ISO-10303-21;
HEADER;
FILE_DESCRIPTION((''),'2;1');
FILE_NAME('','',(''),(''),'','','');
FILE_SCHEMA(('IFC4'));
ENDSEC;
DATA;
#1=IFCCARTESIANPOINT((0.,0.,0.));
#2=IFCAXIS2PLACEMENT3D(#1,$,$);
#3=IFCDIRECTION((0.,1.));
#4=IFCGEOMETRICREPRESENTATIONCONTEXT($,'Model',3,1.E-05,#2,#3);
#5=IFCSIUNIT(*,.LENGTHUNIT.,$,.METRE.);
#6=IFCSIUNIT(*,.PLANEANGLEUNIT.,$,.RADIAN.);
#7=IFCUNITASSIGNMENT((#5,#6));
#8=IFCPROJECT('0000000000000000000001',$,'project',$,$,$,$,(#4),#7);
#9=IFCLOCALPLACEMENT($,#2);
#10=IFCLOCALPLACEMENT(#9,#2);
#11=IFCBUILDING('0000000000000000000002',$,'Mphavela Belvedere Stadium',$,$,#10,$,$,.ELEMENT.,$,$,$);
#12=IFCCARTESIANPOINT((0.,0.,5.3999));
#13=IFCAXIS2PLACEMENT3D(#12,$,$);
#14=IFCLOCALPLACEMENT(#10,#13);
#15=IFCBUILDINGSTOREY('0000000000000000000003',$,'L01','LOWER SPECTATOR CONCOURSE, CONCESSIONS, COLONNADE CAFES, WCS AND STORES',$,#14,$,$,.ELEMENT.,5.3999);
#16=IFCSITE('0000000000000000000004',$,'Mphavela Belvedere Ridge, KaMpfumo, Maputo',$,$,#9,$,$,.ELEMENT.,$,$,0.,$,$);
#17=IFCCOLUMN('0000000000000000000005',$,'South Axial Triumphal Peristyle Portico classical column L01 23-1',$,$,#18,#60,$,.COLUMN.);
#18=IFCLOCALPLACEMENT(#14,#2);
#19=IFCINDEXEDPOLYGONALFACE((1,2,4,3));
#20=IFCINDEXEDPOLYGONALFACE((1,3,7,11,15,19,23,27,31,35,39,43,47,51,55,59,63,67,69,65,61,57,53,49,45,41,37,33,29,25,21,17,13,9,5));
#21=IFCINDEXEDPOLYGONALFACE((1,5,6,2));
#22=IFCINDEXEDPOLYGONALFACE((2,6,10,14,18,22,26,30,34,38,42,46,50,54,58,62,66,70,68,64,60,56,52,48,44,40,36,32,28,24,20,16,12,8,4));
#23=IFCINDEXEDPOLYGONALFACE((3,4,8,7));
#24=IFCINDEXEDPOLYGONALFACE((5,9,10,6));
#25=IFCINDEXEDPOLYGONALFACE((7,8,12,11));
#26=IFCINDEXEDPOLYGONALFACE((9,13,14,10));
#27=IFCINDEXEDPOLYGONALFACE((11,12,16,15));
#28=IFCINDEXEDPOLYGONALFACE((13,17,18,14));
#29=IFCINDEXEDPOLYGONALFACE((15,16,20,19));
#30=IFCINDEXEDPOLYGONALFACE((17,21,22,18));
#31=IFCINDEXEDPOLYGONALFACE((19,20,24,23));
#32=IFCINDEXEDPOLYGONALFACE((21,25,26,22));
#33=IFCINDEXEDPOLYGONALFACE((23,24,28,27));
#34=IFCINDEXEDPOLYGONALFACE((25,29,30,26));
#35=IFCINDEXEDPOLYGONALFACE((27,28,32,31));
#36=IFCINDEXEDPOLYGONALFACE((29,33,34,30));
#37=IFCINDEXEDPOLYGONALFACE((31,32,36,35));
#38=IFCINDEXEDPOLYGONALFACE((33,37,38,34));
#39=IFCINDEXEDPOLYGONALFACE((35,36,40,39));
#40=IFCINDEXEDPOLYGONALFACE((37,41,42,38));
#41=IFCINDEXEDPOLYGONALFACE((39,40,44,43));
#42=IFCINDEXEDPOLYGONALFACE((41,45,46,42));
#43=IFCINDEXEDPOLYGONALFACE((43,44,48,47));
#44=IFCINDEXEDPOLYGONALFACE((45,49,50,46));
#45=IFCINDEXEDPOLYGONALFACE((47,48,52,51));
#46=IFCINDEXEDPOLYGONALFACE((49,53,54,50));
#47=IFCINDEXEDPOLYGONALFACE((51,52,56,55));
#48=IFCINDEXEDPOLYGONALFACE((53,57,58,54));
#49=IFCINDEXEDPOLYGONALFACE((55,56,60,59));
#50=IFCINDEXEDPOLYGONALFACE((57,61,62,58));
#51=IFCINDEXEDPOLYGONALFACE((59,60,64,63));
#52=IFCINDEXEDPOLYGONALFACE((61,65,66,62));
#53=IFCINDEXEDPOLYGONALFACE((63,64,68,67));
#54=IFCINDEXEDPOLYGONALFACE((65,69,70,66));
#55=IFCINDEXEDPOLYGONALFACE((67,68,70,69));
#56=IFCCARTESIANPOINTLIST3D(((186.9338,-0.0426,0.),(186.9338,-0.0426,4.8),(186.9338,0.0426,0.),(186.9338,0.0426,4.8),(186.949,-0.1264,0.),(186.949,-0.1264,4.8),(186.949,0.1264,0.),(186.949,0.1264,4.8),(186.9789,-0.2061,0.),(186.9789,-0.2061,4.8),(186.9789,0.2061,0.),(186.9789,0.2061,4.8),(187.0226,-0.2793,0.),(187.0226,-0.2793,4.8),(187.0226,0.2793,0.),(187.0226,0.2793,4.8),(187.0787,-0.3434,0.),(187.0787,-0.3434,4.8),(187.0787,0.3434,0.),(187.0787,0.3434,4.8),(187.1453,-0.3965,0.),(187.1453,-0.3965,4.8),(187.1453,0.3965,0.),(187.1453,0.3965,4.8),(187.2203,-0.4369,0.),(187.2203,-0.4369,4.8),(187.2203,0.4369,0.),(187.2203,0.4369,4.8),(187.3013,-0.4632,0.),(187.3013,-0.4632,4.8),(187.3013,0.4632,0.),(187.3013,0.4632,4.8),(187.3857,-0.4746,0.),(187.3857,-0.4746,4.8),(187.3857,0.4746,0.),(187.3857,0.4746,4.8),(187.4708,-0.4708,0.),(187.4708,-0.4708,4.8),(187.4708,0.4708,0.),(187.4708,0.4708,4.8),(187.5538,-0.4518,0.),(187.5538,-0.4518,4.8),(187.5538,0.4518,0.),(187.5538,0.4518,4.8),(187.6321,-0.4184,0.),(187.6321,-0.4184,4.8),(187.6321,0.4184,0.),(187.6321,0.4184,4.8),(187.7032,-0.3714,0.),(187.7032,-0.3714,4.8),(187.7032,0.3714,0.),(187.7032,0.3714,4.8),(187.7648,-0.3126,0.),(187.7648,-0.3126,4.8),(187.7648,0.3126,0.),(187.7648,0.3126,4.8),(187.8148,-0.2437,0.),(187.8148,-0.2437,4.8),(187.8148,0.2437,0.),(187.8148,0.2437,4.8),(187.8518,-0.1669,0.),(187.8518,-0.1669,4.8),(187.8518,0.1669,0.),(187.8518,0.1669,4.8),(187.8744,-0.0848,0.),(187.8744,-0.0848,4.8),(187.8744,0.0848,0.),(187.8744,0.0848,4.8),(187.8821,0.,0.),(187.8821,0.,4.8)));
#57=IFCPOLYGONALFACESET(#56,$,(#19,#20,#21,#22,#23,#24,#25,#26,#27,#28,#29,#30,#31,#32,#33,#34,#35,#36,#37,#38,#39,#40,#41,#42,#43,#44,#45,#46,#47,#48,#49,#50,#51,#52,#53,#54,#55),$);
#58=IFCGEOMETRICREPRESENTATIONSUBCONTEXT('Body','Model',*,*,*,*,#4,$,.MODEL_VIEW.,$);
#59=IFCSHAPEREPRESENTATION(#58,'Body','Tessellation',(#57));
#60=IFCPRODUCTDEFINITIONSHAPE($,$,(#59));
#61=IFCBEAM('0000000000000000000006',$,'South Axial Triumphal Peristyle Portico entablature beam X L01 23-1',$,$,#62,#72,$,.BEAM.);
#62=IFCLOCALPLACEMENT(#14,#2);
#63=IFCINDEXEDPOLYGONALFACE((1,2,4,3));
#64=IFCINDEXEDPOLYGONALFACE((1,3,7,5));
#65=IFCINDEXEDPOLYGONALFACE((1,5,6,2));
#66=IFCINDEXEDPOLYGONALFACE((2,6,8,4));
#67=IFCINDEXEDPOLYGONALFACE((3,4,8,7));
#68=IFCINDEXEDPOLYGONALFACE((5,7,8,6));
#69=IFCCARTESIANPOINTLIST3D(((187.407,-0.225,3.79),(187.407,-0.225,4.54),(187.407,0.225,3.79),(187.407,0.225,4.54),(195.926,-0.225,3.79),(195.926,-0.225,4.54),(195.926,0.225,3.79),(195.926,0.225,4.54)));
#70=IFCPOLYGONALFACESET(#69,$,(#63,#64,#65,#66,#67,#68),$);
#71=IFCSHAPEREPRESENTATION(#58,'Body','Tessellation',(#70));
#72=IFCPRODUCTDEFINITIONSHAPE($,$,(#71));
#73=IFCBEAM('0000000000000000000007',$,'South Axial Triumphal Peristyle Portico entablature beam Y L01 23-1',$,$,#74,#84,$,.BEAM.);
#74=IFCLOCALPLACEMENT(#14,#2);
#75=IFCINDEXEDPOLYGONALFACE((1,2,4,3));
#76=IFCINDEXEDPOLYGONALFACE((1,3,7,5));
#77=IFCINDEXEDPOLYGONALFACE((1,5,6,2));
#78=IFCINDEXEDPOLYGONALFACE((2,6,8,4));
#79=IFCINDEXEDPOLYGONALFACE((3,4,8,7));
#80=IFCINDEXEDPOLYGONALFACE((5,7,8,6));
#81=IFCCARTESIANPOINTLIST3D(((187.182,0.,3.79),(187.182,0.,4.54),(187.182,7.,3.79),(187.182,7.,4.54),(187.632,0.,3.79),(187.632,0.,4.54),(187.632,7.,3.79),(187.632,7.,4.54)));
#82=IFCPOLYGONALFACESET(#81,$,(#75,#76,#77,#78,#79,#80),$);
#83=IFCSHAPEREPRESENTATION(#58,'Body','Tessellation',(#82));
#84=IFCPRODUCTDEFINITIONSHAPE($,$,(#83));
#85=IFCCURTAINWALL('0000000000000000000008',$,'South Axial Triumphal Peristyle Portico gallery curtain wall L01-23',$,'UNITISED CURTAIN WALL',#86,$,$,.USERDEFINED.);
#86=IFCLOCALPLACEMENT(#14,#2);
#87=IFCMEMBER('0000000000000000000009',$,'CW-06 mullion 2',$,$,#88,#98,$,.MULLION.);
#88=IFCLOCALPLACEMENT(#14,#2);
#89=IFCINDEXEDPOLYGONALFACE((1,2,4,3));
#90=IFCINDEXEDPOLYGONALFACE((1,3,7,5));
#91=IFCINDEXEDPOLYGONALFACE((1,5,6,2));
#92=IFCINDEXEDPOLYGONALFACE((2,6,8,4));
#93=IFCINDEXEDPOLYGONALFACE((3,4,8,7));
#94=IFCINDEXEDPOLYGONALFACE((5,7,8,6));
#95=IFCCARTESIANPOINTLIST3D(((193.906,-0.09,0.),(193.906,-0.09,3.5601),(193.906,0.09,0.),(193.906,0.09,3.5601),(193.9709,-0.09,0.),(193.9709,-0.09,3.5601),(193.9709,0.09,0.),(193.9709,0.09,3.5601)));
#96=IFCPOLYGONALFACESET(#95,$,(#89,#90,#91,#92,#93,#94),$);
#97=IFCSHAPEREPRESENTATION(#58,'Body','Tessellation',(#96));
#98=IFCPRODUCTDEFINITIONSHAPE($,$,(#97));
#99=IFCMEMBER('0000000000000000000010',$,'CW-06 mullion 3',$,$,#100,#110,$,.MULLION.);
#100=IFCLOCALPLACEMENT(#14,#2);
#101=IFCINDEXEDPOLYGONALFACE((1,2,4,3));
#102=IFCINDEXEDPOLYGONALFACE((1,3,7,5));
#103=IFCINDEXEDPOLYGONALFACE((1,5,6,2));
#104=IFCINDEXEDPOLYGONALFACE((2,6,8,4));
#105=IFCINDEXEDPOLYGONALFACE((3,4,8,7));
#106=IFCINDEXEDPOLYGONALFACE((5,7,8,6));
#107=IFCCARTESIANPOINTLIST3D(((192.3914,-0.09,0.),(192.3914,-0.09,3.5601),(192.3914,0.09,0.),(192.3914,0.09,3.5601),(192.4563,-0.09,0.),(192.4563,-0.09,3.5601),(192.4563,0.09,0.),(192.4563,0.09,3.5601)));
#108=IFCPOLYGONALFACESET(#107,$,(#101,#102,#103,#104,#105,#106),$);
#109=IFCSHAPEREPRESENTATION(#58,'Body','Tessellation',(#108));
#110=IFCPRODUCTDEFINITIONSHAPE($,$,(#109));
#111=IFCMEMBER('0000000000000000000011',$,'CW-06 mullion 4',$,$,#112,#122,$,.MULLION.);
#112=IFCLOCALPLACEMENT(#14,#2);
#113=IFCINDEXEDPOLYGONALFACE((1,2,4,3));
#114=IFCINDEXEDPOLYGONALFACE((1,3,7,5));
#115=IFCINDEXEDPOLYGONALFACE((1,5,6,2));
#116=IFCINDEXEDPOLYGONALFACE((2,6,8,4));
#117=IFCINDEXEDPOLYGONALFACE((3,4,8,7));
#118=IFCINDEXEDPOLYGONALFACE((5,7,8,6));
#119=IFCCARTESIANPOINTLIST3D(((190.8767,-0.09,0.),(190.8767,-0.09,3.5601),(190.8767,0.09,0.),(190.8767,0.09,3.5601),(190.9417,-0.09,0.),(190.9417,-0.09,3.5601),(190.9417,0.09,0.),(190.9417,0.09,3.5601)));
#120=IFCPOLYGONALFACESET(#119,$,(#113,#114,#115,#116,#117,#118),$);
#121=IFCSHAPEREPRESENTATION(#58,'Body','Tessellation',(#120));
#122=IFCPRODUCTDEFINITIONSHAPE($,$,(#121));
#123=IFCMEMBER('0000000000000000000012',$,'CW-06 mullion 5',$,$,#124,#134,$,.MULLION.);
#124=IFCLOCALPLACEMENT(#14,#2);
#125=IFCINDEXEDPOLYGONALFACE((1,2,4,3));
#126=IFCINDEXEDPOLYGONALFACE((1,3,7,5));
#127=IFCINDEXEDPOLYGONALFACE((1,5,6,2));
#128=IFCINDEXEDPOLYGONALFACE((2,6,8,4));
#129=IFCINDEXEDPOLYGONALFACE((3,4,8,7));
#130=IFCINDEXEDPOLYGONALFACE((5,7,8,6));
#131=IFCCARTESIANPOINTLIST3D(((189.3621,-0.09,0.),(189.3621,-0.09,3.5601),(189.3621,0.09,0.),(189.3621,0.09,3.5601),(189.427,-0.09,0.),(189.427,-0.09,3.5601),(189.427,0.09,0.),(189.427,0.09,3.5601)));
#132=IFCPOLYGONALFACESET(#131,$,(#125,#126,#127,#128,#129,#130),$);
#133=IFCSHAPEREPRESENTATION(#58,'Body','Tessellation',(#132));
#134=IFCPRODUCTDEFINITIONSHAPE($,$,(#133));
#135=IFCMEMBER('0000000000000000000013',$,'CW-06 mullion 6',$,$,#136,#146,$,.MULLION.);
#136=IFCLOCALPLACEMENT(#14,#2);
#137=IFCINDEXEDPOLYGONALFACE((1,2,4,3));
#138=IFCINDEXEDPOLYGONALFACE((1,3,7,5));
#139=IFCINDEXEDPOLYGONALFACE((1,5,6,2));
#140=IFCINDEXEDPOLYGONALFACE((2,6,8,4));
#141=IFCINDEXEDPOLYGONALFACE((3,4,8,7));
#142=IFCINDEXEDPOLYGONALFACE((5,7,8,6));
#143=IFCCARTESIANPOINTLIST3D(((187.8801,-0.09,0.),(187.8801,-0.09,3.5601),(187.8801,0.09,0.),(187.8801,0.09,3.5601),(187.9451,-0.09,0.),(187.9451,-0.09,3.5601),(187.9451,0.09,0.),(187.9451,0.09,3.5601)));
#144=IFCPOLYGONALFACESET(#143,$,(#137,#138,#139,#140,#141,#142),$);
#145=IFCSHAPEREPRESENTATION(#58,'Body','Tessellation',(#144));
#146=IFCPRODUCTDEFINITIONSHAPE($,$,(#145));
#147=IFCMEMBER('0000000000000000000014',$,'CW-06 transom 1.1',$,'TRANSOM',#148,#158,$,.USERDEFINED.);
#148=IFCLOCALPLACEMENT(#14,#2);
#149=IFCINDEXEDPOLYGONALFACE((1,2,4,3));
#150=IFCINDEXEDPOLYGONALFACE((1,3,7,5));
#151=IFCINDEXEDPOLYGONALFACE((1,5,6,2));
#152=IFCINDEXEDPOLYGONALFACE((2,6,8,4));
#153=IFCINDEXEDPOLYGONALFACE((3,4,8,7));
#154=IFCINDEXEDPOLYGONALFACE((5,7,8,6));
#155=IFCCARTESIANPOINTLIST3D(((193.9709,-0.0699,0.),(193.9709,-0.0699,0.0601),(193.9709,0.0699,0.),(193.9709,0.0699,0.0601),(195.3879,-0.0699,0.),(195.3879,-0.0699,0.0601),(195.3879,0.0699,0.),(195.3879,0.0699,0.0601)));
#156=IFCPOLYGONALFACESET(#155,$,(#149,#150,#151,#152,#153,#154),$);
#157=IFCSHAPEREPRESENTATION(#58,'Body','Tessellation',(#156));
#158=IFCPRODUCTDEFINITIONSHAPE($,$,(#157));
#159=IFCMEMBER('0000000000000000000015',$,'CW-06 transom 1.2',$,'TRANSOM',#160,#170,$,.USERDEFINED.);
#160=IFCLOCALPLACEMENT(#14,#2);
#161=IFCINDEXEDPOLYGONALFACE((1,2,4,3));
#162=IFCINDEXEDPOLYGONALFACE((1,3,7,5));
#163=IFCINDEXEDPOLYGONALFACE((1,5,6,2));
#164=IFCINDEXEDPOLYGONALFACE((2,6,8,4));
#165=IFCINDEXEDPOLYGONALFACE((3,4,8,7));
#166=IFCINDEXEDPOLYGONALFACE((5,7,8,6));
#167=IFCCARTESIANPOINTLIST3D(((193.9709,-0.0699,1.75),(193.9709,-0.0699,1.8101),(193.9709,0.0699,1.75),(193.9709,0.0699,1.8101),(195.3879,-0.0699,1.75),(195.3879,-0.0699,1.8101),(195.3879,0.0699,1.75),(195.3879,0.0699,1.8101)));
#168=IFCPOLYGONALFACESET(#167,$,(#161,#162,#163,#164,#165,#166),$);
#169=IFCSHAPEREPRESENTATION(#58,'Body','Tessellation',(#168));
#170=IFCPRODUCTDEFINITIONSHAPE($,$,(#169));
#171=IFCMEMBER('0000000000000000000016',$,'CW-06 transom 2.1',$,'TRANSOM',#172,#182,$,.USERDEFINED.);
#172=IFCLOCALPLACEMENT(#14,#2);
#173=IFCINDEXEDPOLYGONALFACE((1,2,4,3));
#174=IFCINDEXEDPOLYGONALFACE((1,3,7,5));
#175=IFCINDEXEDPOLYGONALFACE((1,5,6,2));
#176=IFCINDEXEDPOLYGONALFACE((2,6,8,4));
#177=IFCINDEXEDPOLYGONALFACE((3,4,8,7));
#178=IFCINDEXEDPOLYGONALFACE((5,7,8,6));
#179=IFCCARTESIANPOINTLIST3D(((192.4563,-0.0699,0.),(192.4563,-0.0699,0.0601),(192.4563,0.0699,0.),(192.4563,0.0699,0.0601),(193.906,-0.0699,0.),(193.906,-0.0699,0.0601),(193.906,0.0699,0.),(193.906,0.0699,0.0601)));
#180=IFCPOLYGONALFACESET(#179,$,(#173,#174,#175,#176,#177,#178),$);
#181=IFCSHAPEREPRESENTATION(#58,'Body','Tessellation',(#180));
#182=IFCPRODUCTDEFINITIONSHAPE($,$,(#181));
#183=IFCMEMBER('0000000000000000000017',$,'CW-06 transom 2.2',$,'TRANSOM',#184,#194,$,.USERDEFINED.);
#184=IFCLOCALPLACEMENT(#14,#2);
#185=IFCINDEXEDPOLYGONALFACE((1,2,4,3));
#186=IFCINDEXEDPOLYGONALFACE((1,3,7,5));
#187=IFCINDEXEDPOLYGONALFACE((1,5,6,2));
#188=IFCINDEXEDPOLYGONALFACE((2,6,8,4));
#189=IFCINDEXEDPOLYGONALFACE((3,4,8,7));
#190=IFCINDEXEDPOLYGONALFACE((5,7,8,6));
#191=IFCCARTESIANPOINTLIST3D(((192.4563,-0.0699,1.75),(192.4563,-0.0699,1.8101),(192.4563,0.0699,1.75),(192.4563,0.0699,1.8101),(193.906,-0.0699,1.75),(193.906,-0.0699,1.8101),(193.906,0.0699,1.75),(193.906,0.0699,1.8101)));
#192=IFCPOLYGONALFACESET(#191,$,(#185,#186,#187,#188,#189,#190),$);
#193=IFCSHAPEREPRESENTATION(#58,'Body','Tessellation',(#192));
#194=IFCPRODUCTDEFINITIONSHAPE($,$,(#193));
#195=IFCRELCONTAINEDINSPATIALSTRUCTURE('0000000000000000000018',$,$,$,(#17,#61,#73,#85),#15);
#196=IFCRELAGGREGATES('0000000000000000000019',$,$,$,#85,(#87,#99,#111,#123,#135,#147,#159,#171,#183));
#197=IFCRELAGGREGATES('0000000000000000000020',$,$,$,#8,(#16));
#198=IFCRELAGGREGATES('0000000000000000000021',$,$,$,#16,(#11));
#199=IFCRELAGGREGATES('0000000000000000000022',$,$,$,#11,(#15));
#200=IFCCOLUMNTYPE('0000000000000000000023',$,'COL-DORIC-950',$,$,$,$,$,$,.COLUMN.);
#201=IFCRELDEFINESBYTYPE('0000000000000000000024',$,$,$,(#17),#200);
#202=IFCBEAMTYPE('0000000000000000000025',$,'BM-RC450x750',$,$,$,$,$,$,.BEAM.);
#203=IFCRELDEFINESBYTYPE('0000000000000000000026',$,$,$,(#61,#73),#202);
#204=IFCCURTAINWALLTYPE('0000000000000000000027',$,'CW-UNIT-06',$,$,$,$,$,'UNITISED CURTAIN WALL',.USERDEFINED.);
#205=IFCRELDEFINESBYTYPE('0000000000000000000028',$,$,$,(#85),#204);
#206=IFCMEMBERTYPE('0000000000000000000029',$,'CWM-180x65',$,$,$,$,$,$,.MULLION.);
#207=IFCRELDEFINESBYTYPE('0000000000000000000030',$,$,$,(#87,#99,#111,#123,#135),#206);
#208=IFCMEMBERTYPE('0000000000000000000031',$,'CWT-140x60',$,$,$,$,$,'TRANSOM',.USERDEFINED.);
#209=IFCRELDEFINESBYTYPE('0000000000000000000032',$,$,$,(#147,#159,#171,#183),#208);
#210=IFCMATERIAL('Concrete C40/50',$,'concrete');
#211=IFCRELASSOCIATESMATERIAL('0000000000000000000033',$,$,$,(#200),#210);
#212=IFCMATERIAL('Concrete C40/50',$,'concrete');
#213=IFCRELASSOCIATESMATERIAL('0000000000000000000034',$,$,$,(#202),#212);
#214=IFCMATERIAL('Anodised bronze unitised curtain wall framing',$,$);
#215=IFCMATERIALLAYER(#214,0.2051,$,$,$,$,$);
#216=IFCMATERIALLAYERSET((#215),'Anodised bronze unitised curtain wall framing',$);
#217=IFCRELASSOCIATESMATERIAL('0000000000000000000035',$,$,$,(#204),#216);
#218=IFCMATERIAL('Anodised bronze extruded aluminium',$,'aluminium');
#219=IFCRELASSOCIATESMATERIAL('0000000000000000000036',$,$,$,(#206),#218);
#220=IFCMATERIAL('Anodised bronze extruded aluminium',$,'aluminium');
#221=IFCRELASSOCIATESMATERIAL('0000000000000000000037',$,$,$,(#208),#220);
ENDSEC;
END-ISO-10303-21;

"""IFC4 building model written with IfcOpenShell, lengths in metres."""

from ifc_helpers import new_model, si_unit, direction, frame, origin, origin_2d, place, context, subcontext, project, spatial, rectangle, circle, extrude, material, layer, layer_set, material_profile, profile_set, type_object, element, aggregate, save


model = new_model("IFC4")

# Units and contexts
model_context = context("Model", 3, precision=1e-05, world=origin(), true_north=direction((0.0, 1.0)))
body_context = subcontext(model_context, "Body", "Model", "MODEL_VIEW")
ifc_project = project(units=[si_unit("LENGTHUNIT", "METRE"), si_unit("PLANEANGLEUNIT", "RADIAN")], contexts=[model_context])

# Site, building, storey
site_placement = place(None, origin())
site = spatial("IfcSite", under=ifc_project, at=site_placement, Name="Mphavela Belvedere Ridge, KaMpfumo, Maputo", CompositionType="ELEMENT", RefElevation=0.0)
building_placement = place(site_placement, origin())
building = spatial("IfcBuilding", under=site, at=building_placement, Name="Mphavela Belvedere Stadium", CompositionType="ELEMENT")
storey_placement = place(building_placement, frame((0.0, 0.0, 5.3999)))
storey = spatial("IfcBuildingStorey", under=building, at=storey_placement, Name="L01", Description="LOWER SPECTATOR CONCOURSE, CONCESSIONS, COLONNADE CAFES, WCS AND STORES", CompositionType="ELEMENT", Elevation=5.3999)

# Column
ifc_material_1 = material(Name="Concrete C40/50", Category="concrete")
ifc_material_profile_1 = material_profile(ifc_material_1, circle(Radius=0.4751, at=origin_2d()), Name="COL D950")
ifc_profile_set_1 = profile_set([ifc_material_profile_1], Name="Concrete C40/50")
column_type = type_object("IfcColumnType", Name="COL-DORIC-950", PredefinedType="COLUMN", material=ifc_profile_set_1)
column_placement = place(storey_placement, frame((187.407, 0.0, 0.0), z_axis=(0.0, 0.0, 1.0), x_axis=(1.0, 0.0, 0.0)))
element("IfcColumn", 1, at=column_placement, inside=storey, type_object=column_type, Name="South Axial Triumphal Peristyle Portico classical column L01 23-1", PredefinedType="COLUMN", context=body_context, shape_type="SweptSolid", body=[
    extrude(circle(Radius=0.4751, at=origin_2d()), origin(), (0.0, 0.0, 1.0), 4.8),
])

# Beams
ifc_material_2 = material(Name="Concrete C40/50", Category="concrete")
ifc_material_profile_2 = material_profile(ifc_material_2, rectangle(XDim=0.45, YDim=0.75, at=origin_2d()), Name="RC 450x750")
ifc_profile_set_2 = profile_set([ifc_material_profile_2], Name="Concrete C40/50")
beam_type = type_object("IfcBeamType", Name="BM-RC450x750", PredefinedType="BEAM", material=ifc_profile_set_2)
beam_1_placement = place(storey_placement, frame((187.407, 0.0, 4.165), z_axis=(1.0, 0.0, 0.0), x_axis=(0.0, 1.0, 0.0)))
element("IfcBeam", 2, at=beam_1_placement, inside=storey, type_object=beam_type, Name="South Axial Triumphal Peristyle Portico entablature beam X L01 23-1", PredefinedType="BEAM", context=body_context, shape_type="SweptSolid", body=[
    extrude(rectangle(XDim=0.45, YDim=0.75, at=origin_2d()), origin(), (0.0, 0.0, 1.0), 8.519),
])
beam_2_placement = place(storey_placement, frame((187.407, 0.0, 4.165), z_axis=(0.0, 1.0, 0.0), x_axis=(-1.0, 0.0, 0.0)))
element("IfcBeam", 3, at=beam_2_placement, inside=storey, type_object=beam_type, Name="South Axial Triumphal Peristyle Portico entablature beam Y L01 23-1", PredefinedType="BEAM", context=body_context, shape_type="SweptSolid", body=[
    extrude(rectangle(XDim=0.45, YDim=0.75, at=origin_2d()), origin(), (0.0, 0.0, 1.0), 7.0),
])

# Curtain wall, members
ifc_material_3 = material(Name="Anodised bronze unitised curtain wall framing")
ifc_layer_1 = layer(ifc_material_3, 0.2051)
ifc_layer_set_1 = layer_set([ifc_layer_1], Name="Anodised bronze unitised curtain wall framing")
curtain_wall_type = type_object("IfcCurtainWallType", Name="CW-UNIT-06", ElementType="UNITISED CURTAIN WALL", PredefinedType="USERDEFINED", material=ifc_layer_set_1)
curtain_wall_placement = place(storey_placement, origin())
curtain_wall = element("IfcCurtainWall", 4, at=curtain_wall_placement, inside=storey, type_object=curtain_wall_type, Name="South Axial Triumphal Peristyle Portico gallery curtain wall L01-23", ObjectType="UNITISED CURTAIN WALL", PredefinedType="USERDEFINED")
ifc_material_4 = material(Name="Anodised bronze extruded aluminium", Category="aluminium")
ifc_material_profile_3 = material_profile(ifc_material_4, rectangle(XDim=0.1799, YDim=0.0649, at=origin_2d()), Name="CW-MUL 180x65")
ifc_profile_set_3 = profile_set([ifc_material_profile_3], Name="Anodised bronze extruded aluminium")
member_type_1 = type_object("IfcMemberType", Name="CWM-180x65", PredefinedType="MULLION", material=ifc_profile_set_3)
member_1_placement = place(storey_placement, frame((193.9385, 0.0, 0.0), z_axis=(0.0, 0.0, 1.0), x_axis=(0.0, -1.0, 0.0)))
member_1 = element("IfcMember", 5, at=member_1_placement, type_object=member_type_1, Name="CW-06 mullion 2", PredefinedType="MULLION", context=body_context, shape_type="SweptSolid", body=[
    extrude(rectangle(XDim=0.1799, YDim=0.0649, at=origin_2d()), origin(), (0.0, 0.0, 1.0), 3.5601),
])
member_2_placement = place(storey_placement, frame((192.4238, 0.0, 0.0), z_axis=(0.0, 0.0, 1.0), x_axis=(0.0, -1.0, 0.0)))
member_2 = element("IfcMember", 6, at=member_2_placement, type_object=member_type_1, Name="CW-06 mullion 3", PredefinedType="MULLION", context=body_context, shape_type="SweptSolid", body=[
    extrude(rectangle(XDim=0.1799, YDim=0.0649, at=origin_2d()), origin(), (0.0, 0.0, 1.0), 3.5601),
])
member_3_placement = place(storey_placement, frame((190.9092, 0.0, 0.0), z_axis=(0.0, 0.0, 1.0), x_axis=(0.0, -1.0, 0.0)))
member_3 = element("IfcMember", 7, at=member_3_placement, type_object=member_type_1, Name="CW-06 mullion 4", PredefinedType="MULLION", context=body_context, shape_type="SweptSolid", body=[
    extrude(rectangle(XDim=0.1799, YDim=0.0649, at=origin_2d()), origin(), (0.0, 0.0, 1.0), 3.5601),
])
member_4_placement = place(storey_placement, frame((189.3945, 0.0, 0.0), z_axis=(0.0, 0.0, 1.0), x_axis=(0.0, -1.0, 0.0)))
member_4 = element("IfcMember", 8, at=member_4_placement, type_object=member_type_1, Name="CW-06 mullion 5", PredefinedType="MULLION", context=body_context, shape_type="SweptSolid", body=[
    extrude(rectangle(XDim=0.1799, YDim=0.0649, at=origin_2d()), origin(), (0.0, 0.0, 1.0), 3.5601),
])
member_5_placement = place(storey_placement, frame((187.9126, 0.0, 0.0), z_axis=(0.0, 0.0, 1.0), x_axis=(0.0, -1.0, 0.0)))
member_5 = element("IfcMember", 9, at=member_5_placement, type_object=member_type_1, Name="CW-06 mullion 6", PredefinedType="MULLION", context=body_context, shape_type="SweptSolid", body=[
    extrude(rectangle(XDim=0.1799, YDim=0.0649, at=origin_2d()), origin(), (0.0, 0.0, 1.0), 3.5601),
])
ifc_material_5 = material(Name="Anodised bronze extruded aluminium", Category="aluminium")
ifc_material_profile_4 = material_profile(ifc_material_5, rectangle(XDim=0.1399, YDim=0.0601, at=origin_2d()), Name="CW-TRN 140x60")
ifc_profile_set_4 = profile_set([ifc_material_profile_4], Name="Anodised bronze extruded aluminium")
member_type_2 = type_object("IfcMemberType", Name="CWT-140x60", ElementType="TRANSOM", PredefinedType="USERDEFINED", material=ifc_profile_set_4)
member_6_placement = place(storey_placement, frame((195.3879, 0.0, 0.03), z_axis=(-1.0, 0.0, 0.0), x_axis=(0.0, -1.0, 0.0)))
member_6 = element("IfcMember", 10, at=member_6_placement, type_object=member_type_2, Name="CW-06 transom 1.1", ObjectType="TRANSOM", PredefinedType="USERDEFINED", context=body_context, shape_type="SweptSolid", body=[
    extrude(rectangle(XDim=0.1399, YDim=0.0601, at=origin_2d()), origin(), (0.0, 0.0, 1.0), 1.417),
])
member_7_placement = place(storey_placement, frame((195.3879, 0.0, 1.78), z_axis=(-1.0, 0.0, 0.0), x_axis=(0.0, -1.0, 0.0)))
member_7 = element("IfcMember", 11, at=member_7_placement, type_object=member_type_2, Name="CW-06 transom 1.2", ObjectType="TRANSOM", PredefinedType="USERDEFINED", context=body_context, shape_type="SweptSolid", body=[
    extrude(rectangle(XDim=0.1399, YDim=0.0601, at=origin_2d()), origin(), (0.0, 0.0, 1.0), 1.417),
])
member_8_placement = place(storey_placement, frame((193.906, 0.0, 0.03), z_axis=(-1.0, 0.0, 0.0), x_axis=(0.0, -1.0, 0.0)))
member_8 = element("IfcMember", 12, at=member_8_placement, type_object=member_type_2, Name="CW-06 transom 2.1", ObjectType="TRANSOM", PredefinedType="USERDEFINED", context=body_context, shape_type="SweptSolid", body=[
    extrude(rectangle(XDim=0.1399, YDim=0.0601, at=origin_2d()), origin(), (0.0, 0.0, 1.0), 1.4497),
])
member_9_placement = place(storey_placement, frame((193.906, 0.0, 1.78), z_axis=(-1.0, 0.0, 0.0), x_axis=(0.0, -1.0, 0.0)))
member_9 = element("IfcMember", 13, at=member_9_placement, type_object=member_type_2, Name="CW-06 transom 2.2", ObjectType="TRANSOM", PredefinedType="USERDEFINED", context=body_context, shape_type="SweptSolid", body=[
    extrude(rectangle(XDim=0.1399, YDim=0.0601, at=origin_2d()), origin(), (0.0, 0.0, 1.0), 1.4497),
])
aggregate(curtain_wall, [member_1, member_2, member_3, member_4, member_5, member_6, member_7, member_8, member_9])

save(model, "model.ifc")
